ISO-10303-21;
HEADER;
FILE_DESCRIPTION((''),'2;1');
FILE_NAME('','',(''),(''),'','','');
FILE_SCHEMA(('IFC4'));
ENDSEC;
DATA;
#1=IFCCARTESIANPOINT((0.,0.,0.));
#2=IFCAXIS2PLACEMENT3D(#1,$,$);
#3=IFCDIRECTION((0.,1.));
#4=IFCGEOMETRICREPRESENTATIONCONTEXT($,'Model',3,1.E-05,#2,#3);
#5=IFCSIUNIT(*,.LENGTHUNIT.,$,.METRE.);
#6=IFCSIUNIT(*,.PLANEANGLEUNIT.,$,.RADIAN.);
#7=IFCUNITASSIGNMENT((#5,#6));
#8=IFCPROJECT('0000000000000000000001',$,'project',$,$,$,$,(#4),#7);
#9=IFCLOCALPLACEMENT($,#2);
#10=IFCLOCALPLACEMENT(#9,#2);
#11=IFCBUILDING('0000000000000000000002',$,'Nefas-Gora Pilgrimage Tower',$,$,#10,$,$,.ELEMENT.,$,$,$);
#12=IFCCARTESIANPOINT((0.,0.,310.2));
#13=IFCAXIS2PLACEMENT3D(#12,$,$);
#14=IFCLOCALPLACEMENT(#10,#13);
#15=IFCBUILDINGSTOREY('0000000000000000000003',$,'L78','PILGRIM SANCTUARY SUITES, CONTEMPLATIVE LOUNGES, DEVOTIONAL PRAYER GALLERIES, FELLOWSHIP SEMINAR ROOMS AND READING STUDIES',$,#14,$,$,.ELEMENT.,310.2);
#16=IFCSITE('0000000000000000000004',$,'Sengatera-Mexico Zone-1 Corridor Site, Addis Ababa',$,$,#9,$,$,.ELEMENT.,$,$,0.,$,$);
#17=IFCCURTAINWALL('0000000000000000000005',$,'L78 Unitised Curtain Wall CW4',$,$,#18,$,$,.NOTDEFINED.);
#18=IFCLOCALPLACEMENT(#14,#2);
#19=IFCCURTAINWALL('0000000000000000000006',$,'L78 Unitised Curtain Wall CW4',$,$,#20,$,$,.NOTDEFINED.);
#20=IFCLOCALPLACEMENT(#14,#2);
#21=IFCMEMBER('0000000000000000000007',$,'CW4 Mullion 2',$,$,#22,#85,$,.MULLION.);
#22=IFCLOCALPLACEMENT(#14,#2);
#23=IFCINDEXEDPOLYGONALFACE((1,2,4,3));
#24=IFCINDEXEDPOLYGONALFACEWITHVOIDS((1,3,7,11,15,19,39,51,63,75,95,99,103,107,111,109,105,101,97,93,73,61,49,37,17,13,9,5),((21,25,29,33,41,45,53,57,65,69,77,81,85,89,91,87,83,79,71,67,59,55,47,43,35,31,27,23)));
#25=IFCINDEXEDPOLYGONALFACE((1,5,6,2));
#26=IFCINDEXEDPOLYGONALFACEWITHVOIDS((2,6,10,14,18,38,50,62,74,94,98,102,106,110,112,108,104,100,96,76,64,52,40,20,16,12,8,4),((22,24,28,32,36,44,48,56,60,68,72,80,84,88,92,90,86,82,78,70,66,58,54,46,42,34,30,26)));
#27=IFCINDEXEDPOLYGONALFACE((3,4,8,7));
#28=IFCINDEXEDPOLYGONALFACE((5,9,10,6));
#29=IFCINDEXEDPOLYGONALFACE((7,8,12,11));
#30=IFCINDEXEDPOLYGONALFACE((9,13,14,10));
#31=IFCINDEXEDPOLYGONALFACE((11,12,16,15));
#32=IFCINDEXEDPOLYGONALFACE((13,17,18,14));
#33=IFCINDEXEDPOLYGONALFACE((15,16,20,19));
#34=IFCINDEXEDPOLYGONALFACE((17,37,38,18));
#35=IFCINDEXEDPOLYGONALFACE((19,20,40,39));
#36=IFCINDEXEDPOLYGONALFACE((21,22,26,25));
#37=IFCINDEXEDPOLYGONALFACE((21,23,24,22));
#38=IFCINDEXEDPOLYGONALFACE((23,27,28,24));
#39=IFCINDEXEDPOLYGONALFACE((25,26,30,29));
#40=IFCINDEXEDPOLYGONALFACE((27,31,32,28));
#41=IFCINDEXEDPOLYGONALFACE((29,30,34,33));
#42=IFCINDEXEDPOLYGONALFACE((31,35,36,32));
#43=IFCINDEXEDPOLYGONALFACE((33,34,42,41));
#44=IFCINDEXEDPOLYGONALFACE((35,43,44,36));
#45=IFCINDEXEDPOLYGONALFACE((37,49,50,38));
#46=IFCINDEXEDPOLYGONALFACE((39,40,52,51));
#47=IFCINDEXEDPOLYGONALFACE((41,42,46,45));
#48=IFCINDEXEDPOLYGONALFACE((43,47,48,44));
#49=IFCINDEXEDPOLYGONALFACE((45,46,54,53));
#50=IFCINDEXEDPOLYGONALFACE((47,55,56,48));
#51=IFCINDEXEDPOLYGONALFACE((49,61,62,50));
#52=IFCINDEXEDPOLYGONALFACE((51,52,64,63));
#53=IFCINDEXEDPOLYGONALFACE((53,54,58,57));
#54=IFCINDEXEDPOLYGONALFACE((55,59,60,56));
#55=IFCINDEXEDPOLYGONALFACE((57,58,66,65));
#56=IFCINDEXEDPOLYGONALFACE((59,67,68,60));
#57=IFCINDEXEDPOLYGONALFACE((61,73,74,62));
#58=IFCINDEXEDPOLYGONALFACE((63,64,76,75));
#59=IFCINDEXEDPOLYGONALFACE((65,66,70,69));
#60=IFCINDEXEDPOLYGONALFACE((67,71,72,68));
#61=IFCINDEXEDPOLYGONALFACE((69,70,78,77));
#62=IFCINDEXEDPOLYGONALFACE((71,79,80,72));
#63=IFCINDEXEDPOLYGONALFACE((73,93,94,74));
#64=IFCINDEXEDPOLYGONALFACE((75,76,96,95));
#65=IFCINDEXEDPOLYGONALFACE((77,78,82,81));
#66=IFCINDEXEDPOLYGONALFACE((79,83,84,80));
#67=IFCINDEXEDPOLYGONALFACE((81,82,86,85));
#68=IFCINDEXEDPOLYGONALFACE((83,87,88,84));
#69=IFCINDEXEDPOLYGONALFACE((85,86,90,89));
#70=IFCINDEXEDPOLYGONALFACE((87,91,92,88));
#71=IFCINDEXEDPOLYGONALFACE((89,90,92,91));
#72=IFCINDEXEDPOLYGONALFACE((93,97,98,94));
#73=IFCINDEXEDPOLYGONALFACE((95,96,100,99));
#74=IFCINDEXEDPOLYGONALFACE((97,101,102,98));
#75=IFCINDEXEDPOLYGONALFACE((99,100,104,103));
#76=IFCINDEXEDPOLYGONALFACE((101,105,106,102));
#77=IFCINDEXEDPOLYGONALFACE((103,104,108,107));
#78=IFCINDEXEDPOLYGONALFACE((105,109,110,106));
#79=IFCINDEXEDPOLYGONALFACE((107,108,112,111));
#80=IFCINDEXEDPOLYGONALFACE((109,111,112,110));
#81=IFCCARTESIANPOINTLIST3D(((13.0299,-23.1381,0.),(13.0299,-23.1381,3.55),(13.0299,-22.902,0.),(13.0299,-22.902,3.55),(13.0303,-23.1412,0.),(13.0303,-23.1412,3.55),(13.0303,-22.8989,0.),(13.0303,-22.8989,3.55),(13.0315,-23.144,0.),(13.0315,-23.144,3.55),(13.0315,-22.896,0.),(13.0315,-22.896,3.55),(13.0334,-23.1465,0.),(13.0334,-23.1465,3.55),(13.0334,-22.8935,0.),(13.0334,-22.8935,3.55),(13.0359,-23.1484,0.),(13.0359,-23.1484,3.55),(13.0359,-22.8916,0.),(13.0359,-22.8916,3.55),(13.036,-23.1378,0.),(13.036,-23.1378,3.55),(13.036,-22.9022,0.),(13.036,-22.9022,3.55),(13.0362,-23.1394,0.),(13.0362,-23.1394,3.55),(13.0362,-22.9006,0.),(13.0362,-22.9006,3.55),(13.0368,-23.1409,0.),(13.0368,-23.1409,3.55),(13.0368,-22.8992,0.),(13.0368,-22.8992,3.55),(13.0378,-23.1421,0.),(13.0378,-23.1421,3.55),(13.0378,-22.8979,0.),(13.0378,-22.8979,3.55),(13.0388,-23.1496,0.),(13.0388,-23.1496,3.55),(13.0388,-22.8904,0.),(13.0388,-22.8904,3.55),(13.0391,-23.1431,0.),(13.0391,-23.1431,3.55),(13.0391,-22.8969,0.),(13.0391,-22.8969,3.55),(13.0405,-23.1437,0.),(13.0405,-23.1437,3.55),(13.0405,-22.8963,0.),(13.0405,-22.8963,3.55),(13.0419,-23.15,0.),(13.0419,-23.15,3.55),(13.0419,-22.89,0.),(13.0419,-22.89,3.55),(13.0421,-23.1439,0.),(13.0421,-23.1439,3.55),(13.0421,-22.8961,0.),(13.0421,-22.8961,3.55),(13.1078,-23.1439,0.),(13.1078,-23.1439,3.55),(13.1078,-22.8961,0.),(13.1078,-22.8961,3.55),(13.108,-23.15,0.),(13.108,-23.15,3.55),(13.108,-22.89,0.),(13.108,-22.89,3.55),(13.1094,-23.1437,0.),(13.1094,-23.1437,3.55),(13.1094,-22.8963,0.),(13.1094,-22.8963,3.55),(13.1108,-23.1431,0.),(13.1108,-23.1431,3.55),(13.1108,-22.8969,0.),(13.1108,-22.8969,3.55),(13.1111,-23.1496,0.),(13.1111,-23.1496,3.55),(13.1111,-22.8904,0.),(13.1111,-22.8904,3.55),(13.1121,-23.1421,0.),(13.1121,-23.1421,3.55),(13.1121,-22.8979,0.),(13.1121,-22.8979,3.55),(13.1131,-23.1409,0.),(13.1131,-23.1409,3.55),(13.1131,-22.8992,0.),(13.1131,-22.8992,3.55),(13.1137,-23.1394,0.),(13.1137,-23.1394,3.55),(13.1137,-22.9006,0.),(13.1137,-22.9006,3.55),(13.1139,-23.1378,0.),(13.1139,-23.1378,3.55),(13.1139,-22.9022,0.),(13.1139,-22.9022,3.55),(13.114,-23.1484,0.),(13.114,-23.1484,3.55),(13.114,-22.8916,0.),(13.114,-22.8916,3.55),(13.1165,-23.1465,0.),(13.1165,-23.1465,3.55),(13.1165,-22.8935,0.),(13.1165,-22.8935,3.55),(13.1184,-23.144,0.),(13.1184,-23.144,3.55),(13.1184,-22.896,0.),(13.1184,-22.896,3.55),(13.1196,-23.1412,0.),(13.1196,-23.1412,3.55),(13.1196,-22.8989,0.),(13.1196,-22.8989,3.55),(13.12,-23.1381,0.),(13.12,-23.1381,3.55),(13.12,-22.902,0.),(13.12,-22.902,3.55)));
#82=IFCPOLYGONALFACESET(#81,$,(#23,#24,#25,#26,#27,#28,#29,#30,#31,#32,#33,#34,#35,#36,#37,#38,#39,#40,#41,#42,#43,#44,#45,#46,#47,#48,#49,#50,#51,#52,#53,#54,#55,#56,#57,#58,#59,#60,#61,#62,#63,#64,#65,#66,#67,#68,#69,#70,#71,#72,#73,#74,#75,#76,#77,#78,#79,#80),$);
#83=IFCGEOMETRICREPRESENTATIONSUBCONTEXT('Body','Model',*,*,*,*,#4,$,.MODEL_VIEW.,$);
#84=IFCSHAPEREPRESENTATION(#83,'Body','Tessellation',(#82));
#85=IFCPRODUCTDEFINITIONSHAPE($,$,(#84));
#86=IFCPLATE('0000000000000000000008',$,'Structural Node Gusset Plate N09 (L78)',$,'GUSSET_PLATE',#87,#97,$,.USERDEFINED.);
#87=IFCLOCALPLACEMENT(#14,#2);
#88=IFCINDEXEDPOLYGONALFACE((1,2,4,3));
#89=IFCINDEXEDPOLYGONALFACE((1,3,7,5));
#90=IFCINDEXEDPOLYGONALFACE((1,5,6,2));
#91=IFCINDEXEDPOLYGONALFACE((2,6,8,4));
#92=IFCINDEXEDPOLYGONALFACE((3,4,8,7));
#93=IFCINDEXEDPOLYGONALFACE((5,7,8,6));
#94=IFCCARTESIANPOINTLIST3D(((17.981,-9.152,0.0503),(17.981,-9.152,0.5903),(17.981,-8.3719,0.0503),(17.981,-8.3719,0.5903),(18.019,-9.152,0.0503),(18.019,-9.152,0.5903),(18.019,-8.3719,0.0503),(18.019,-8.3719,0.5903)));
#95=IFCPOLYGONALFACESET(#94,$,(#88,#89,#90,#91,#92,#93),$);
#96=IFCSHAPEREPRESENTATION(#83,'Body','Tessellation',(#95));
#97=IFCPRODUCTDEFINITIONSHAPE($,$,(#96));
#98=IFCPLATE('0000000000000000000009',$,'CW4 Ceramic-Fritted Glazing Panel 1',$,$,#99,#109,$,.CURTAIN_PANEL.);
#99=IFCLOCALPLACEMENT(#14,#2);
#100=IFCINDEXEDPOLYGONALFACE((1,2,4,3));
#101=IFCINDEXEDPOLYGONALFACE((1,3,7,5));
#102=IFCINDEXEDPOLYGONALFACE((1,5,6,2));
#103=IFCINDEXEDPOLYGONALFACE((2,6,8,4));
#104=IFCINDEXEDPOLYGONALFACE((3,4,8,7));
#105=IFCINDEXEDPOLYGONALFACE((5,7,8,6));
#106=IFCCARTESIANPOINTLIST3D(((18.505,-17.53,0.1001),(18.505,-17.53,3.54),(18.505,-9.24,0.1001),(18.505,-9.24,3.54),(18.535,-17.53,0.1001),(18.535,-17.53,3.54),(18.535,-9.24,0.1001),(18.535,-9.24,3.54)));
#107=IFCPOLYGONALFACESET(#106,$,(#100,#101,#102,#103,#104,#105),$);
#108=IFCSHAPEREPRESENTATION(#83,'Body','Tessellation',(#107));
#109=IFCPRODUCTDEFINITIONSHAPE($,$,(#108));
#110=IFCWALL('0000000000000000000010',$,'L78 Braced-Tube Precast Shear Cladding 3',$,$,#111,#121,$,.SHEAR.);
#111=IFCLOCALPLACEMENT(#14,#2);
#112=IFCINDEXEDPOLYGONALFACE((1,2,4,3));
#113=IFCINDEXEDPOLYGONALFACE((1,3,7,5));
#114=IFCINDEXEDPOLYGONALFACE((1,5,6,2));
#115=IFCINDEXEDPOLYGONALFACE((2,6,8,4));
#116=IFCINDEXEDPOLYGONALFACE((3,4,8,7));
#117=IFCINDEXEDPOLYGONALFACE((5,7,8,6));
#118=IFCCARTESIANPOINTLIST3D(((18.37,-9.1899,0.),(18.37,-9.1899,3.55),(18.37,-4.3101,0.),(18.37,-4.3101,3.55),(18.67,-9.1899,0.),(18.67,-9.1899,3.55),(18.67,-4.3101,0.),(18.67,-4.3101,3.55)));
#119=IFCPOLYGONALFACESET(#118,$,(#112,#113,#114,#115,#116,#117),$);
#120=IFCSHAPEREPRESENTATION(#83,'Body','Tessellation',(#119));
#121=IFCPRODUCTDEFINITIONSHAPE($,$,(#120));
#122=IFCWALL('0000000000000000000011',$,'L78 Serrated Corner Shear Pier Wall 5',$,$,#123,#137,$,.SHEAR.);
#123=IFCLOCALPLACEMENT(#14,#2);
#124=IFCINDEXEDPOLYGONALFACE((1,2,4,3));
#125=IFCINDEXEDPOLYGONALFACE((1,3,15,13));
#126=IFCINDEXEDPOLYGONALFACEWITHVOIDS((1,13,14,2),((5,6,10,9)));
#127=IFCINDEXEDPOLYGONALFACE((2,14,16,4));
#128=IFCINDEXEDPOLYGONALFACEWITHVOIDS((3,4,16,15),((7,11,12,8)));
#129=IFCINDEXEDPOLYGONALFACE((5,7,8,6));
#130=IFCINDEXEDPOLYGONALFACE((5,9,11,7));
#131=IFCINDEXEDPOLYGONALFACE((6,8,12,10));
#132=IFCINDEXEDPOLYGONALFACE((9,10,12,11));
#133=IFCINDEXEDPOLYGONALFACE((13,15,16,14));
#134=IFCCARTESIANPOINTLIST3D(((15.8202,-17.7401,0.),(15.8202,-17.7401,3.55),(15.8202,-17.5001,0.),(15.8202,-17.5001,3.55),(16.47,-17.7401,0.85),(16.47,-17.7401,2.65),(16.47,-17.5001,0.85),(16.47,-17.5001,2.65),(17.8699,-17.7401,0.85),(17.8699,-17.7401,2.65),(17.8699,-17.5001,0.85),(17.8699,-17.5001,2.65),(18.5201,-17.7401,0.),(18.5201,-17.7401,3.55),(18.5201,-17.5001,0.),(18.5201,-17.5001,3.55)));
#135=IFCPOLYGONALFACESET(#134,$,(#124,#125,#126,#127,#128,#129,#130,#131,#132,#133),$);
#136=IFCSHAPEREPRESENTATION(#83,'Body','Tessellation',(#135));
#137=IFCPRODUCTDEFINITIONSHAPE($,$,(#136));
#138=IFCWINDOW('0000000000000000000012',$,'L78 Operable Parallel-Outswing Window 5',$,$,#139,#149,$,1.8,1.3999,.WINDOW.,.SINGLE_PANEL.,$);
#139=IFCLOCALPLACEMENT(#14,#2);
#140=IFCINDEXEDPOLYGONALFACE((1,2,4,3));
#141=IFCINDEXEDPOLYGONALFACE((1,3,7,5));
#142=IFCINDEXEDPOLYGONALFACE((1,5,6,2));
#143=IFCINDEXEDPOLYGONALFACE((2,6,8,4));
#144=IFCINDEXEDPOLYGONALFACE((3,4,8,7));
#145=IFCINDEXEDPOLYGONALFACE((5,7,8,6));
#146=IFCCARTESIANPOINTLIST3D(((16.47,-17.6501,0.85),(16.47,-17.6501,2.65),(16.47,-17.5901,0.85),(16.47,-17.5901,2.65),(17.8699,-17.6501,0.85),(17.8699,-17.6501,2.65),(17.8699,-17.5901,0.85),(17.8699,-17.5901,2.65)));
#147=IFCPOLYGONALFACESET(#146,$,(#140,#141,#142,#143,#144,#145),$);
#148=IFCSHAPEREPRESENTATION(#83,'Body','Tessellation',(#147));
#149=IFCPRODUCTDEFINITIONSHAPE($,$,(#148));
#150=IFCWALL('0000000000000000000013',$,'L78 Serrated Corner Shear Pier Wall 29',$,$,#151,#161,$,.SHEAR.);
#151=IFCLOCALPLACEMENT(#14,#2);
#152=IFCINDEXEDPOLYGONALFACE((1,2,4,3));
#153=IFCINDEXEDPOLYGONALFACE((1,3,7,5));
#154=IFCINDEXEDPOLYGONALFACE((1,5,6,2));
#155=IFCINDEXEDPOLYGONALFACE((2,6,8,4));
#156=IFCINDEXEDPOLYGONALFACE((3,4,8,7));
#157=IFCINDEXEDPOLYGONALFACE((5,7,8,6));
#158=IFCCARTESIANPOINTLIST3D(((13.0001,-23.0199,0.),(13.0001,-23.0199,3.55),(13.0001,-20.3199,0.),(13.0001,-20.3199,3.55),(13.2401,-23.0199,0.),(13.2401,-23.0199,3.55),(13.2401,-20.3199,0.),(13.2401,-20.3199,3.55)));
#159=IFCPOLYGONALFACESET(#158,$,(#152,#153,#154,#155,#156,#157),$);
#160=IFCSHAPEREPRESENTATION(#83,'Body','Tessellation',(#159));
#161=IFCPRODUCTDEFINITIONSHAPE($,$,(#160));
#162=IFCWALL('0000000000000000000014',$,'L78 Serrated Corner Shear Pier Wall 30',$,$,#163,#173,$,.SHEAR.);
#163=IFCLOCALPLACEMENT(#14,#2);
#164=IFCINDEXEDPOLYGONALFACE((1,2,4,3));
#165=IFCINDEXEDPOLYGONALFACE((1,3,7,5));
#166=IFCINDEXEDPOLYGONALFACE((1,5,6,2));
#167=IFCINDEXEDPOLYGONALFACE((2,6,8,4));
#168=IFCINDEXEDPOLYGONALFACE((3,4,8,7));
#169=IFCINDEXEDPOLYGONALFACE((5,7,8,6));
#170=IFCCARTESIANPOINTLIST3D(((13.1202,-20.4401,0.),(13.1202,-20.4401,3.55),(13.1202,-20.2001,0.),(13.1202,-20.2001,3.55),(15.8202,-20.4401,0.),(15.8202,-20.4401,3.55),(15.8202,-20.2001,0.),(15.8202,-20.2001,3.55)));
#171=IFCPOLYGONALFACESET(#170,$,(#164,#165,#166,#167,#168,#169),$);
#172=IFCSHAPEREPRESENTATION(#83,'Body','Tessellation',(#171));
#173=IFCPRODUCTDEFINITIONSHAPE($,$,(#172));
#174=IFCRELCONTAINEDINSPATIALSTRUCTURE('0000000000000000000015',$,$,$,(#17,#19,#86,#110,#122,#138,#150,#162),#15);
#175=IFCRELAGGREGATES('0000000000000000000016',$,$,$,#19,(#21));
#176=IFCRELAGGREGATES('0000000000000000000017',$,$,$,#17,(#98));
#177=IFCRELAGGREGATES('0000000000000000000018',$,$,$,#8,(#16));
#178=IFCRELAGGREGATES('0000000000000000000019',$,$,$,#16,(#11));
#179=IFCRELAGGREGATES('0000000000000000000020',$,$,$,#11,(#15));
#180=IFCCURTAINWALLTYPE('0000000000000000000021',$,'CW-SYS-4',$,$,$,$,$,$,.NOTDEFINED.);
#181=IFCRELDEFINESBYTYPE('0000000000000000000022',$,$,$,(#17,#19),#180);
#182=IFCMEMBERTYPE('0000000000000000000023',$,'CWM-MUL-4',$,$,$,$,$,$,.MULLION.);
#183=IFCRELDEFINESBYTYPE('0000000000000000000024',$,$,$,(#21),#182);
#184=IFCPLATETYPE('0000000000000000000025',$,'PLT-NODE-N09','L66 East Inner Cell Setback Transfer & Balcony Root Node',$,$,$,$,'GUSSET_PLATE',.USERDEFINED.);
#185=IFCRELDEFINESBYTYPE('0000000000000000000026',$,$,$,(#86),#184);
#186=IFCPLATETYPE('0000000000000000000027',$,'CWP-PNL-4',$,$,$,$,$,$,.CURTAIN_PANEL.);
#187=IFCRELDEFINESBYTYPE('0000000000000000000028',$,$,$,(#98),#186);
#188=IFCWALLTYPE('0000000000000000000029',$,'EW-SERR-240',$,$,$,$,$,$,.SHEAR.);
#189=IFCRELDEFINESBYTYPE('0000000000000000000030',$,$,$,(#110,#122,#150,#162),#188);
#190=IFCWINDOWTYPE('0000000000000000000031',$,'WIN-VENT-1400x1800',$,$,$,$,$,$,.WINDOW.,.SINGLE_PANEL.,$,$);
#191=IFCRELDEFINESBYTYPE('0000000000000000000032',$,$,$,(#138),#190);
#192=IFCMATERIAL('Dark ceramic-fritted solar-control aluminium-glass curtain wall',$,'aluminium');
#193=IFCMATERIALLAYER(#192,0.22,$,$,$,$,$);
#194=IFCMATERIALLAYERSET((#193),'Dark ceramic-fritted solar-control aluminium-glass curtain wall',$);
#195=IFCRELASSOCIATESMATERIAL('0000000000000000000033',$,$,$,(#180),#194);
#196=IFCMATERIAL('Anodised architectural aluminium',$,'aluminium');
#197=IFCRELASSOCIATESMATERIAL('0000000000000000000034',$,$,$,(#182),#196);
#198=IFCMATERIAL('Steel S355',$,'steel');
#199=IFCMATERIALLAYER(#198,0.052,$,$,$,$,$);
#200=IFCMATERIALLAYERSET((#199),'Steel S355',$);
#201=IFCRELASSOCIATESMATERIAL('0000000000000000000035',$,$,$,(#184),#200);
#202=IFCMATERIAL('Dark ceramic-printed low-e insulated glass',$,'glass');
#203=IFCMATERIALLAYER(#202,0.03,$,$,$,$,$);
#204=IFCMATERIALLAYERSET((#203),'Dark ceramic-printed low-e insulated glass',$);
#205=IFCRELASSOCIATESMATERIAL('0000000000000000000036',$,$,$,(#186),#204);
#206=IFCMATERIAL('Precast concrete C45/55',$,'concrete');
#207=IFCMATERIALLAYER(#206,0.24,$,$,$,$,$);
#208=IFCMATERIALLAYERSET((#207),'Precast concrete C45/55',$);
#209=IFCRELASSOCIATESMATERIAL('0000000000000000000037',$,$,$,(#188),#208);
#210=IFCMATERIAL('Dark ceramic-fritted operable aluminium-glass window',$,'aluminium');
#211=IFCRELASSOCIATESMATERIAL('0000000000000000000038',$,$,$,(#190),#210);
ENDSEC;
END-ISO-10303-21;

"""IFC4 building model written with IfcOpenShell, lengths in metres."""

from ifc_helpers import new_model, si_unit, direction, frame, frame_2d, origin, origin_2d, place, context, subcontext, project, spatial, rectangle, hollow_rectangle, extrude, source, transform, mapped, material, layer, layer_set, material_profile, profile_set, type_object, element, fill, aggregate, save


model = new_model("IFC4")

# Units and contexts
model_context = context("Model", 3, precision=1e-05, world=origin(), true_north=direction((0.0, 1.0)))
body_context = subcontext(model_context, "Body", "Model", "MODEL_VIEW")
ifc_project = project(units=[si_unit("LENGTHUNIT", "METRE"), si_unit("PLANEANGLEUNIT", "RADIAN")], contexts=[model_context])

# Site, building, storey
site_placement = place(None, origin())
site = spatial("IfcSite", under=ifc_project, at=site_placement, Name="Sengatera-Mexico Zone-1 Corridor Site, Addis Ababa", CompositionType="ELEMENT", RefElevation=0.0)
building_placement = place(site_placement, origin())
building = spatial("IfcBuilding", under=site, at=building_placement, Name="Nefas-Gora Pilgrimage Tower", CompositionType="ELEMENT")
storey_placement = place(building_placement, frame((0.0, 0.0, 310.2)))
storey = spatial("IfcBuildingStorey", under=building, at=storey_placement, Name="L78", Description="PILGRIM SANCTUARY SUITES, CONTEMPLATIVE LOUNGES, DEVOTIONAL PRAYER GALLERIES, FELLOWSHIP SEMINAR ROOMS AND READING STUDIES", CompositionType="ELEMENT", Elevation=310.2)

# Shared definitions
ifc_material_1 = material(Name="Steel S355", Category="steel")

# Curtain wall
ifc_material_2 = material(Name="Dark ceramic-fritted solar-control aluminium-glass curtain wall", Category="aluminium")
ifc_layer_1 = layer(ifc_material_2, 0.22)
ifc_layer_set_1 = layer_set([ifc_layer_1], Name="Dark ceramic-fritted solar-control aluminium-glass curtain wall")
curtain_wall_type = type_object("IfcCurtainWallType", Name="CW-SYS-4", PredefinedType="NOTDEFINED", material=ifc_layer_set_1)
curtain_wall_1_placement = place(storey_placement, origin())
curtain_wall_1 = element("IfcCurtainWall", 1, at=curtain_wall_1_placement, inside=storey, type_object=curtain_wall_type, Name="L78 Unitised Curtain Wall CW4", PredefinedType="NOTDEFINED")
ifc_material_3 = material(Name="Anodised architectural aluminium", Category="aluminium")
ifc_material_profile_1 = material_profile(ifc_material_3, hollow_rectangle(XDim=0.0901, YDim=0.26, WallThickness=0.0061, InnerFilletRadius=0.0061, OuterFilletRadius=0.012, at=origin_2d()), Name="ALU MULLION 90x260")
ifc_profile_set_1 = profile_set([ifc_material_profile_1], Name="Anodised architectural aluminium")
member_type_1 = type_object("IfcMemberType", Name="CWM-MUL-4", PredefinedType="MULLION", material=ifc_profile_set_1)
shared_shape_1 = source(origin(), body_context, "Body", "SweptSolid", [
    extrude(hollow_rectangle(XDim=0.0901, YDim=0.26, WallThickness=0.0061, InnerFilletRadius=0.0061, OuterFilletRadius=0.012, at=origin_2d()), origin(), (0.0, 0.0, 1.0), 3.55),
])

# Curtain wall, member
curtain_wall_2_placement = place(storey_placement, origin())
curtain_wall_2 = element("IfcCurtainWall", 2, at=curtain_wall_2_placement, inside=storey, type_object=curtain_wall_type, Name="L78 Unitised Curtain Wall CW4", PredefinedType="NOTDEFINED")
member_1_placement = place(storey_placement, frame((13.075, -23.02, 0.0), z_axis=(0.0, 0.0, 1.0), x_axis=(1.0, 0.0, 0.0)))
member_1 = element("IfcMember", 3, at=member_1_placement, type_object=member_type_1, Name="CW4 Mullion 2", PredefinedType="MULLION", context=body_context, shape_type="MappedRepresentation", body=[
    mapped(shared_shape_1, transform((0.0, 0.0, 0.0), x_axis=(1.0, 0.0, 0.0), y_axis=(0.0, 1.0, 0.0), z_axis=(0.0, 0.0, 1.0), scale=1.0)),
])
aggregate(curtain_wall_2, [member_1])

# Plates
ifc_layer_2 = layer(ifc_material_1, 0.052)
ifc_layer_set_2 = layer_set([ifc_layer_2], Name="Steel S355")
plate_type_1 = type_object("IfcPlateType", Name="PLT-NODE-N09", Description="L66 East Inner Cell Setback Transfer & Balcony Root Node", ElementType="GUSSET_PLATE", PredefinedType="USERDEFINED", material=ifc_layer_set_2)
shared_shape_2 = source(origin(), body_context, "Body", "SweptSolid", [
    extrude(rectangle(XDim=0.78, YDim=0.0381, at=origin_2d()), origin(), (0.0, 0.0, 1.0), 0.54),
])
plate_1_placement = place(storey_placement, frame((18.0, -8.762, 0.0503), z_axis=(0.0, 0.0, 1.0), x_axis=(0.0, 1.0, 0.0)))
element("IfcPlate", 4, at=plate_1_placement, inside=storey, type_object=plate_type_1, Name="Structural Node Gusset Plate N09 (L78)", ObjectType="GUSSET_PLATE", PredefinedType="USERDEFINED", context=body_context, shape_type="MappedRepresentation", body=[
    mapped(shared_shape_2, transform((0.0, 0.0, 0.0), x_axis=(1.0, 0.0, 0.0), y_axis=(0.0, 1.0, 0.0), z_axis=(0.0, 0.0, 1.0), scale=1.0)),
])
ifc_material_4 = material(Name="Dark ceramic-printed low-e insulated glass", Category="glass")
ifc_layer_3 = layer(ifc_material_4, 0.03)
ifc_layer_set_3 = layer_set([ifc_layer_3], Name="Dark ceramic-printed low-e insulated glass")
plate_type_2 = type_object("IfcPlateType", Name="CWP-PNL-4", PredefinedType="CURTAIN_PANEL", material=ifc_layer_set_3)
shared_shape_3 = source(origin(), body_context, "Body", "SweptSolid", [
    extrude(rectangle(XDim=8.29, YDim=0.03, at=origin_2d()), origin(), (0.0, 0.0, 1.0), 3.4399),
])
plate_2_placement = place(storey_placement, frame((18.52, -13.385, 0.1001), z_axis=(0.0, 0.0, 1.0), x_axis=(0.0, 1.0, 0.0)))
plate_2 = element("IfcPlate", 5, at=plate_2_placement, type_object=plate_type_2, Name="CW4 Ceramic-Fritted Glazing Panel 1", PredefinedType="CURTAIN_PANEL", context=body_context, shape_type="MappedRepresentation", body=[
    mapped(shared_shape_3, transform((0.0, 0.0, 0.0), x_axis=(1.0, 0.0, 0.0), y_axis=(0.0, 1.0, 0.0), z_axis=(0.0, 0.0, 1.0), scale=1.0)),
])
aggregate(curtain_wall_1, [plate_2])

# Wall
ifc_material_5 = material(Name="Precast concrete C45/55", Category="concrete")
ifc_layer_4 = layer(ifc_material_5, 0.24)
ifc_layer_set_4 = layer_set([ifc_layer_4], Name="Precast concrete C45/55")
wall_type_1 = type_object("IfcWallType", Name="EW-SERR-240", PredefinedType="SHEAR", material=ifc_layer_set_4)
shared_shape_4 = source(origin(), body_context, "Body", "SweptSolid", [
    extrude(rectangle(XDim=4.8799, YDim=0.3, at=frame_2d((2.4399, 0.0))), origin(), (0.0, 0.0, 1.0), 3.55),
])
wall_1_placement = place(storey_placement, frame((18.52, -9.1899, 0.0), z_axis=(0.0, 0.0, 1.0), x_axis=(0.0, 1.0, 0.0)))
element("IfcWall", 6, at=wall_1_placement, inside=storey, type_object=wall_type_1, Name="L78 Braced-Tube Precast Shear Cladding 3", PredefinedType="SHEAR", context=body_context, shape_type="MappedRepresentation", body=[
    mapped(shared_shape_4, transform((0.0, 0.0, 0.0), x_axis=(1.0, 0.0, 0.0), y_axis=(0.0, 1.0, 0.0), z_axis=(0.0, 0.0, 1.0), scale=1.0)),
])

# Wall, opening, window
shared_shape_5 = source(origin(), body_context, "Body", "SweptSolid", [
    extrude(rectangle(XDim=2.7, YDim=0.24, at=frame_2d((1.3501, 0.0))), origin(), (0.0, 0.0, 1.0), 3.55),
])
wall_2_placement = place(storey_placement, frame((15.8201, -17.6201, 0.0), z_axis=(0.0, 0.0, 1.0), x_axis=(1.0, 0.0, 0.0)))
wall_2 = element("IfcWall", 7, at=wall_2_placement, inside=storey, type_object=wall_type_1, Name="L78 Serrated Corner Shear Pier Wall 5", PredefinedType="SHEAR", context=body_context, shape_type="MappedRepresentation", body=[
    mapped(shared_shape_5, transform((0.0, 0.0, 0.0), x_axis=(1.0, 0.0, 0.0), y_axis=(0.0, 1.0, 0.0), z_axis=(0.0, 0.0, 1.0), scale=1.0)),
])
opening_1_placement = place(wall_2_placement, frame((0.6499, 0.0, 0.8501)))
opening_1 = element("IfcOpeningElement", 8, at=opening_1_placement, cuts=wall_2, PredefinedType="OPENING", context=body_context, shape_type="SweptSolid", body=[
    extrude(rectangle(XDim=1.3999, YDim=1.8, at=frame_2d((0.7, 0.8999))), frame((0.0, 0.1299, 0.0), z_axis=(0.0, -1.0, 0.0), x_axis=(1.0, 0.0, 0.0)), (0.0, 0.0, 1.0), 0.26),
])
ifc_material_6 = material(Name="Dark ceramic-fritted operable aluminium-glass window", Category="aluminium")
window_type = type_object("IfcWindowType", Name="WIN-VENT-1400x1800", PartitioningType="SINGLE_PANEL", PredefinedType="WINDOW", material=ifc_material_6)
shared_shape_6 = source(origin(), body_context, "Body", "SweptSolid", [
    extrude(rectangle(XDim=1.3999, YDim=1.8, at=frame_2d((0.7, 0.8999))), frame((0.0, 0.03, 0.0), z_axis=(0.0, -1.0, 0.0), x_axis=(1.0, 0.0, 0.0)), (0.0, 0.0, 1.0), 0.0601),
])
window_placement = place(opening_1_placement, origin())
window = element("IfcWindow", 9, at=window_placement, inside=storey, type_object=window_type, Name="L78 Operable Parallel-Outswing Window 5", OverallHeight=1.8, OverallWidth=1.3999, PartitioningType="SINGLE_PANEL", PredefinedType="WINDOW", context=body_context, shape_type="MappedRepresentation", body=[
    mapped(shared_shape_6, transform((0.0, 0.0, 0.0), x_axis=(1.0, 0.0, 0.0), y_axis=(0.0, 1.0, 0.0), z_axis=(0.0, 0.0, 1.0), scale=1.0)),
])
fill(opening_1, window)

# Walls
for number, where, z_axis, x_axis, name in (
    (10, (13.1201, -23.02, 0.0), (0.0, 0.0, 1.0), (0.0, 1.0, 0.0), "L78 Serrated Corner Shear Pier Wall 29"),
    (11, (13.1201, -20.3201, 0.0), (0.0, 0.0, 1.0), (1.0, 0.0, 0.0), "L78 Serrated Corner Shear Pier Wall 30"),
):
    element("IfcWall", number, at=place(storey_placement, frame(where, z_axis=z_axis, x_axis=x_axis)), inside=storey, type_object=wall_type_1, Name=name, PredefinedType="SHEAR", context=body_context, shape_type="MappedRepresentation", body=[
        mapped(shared_shape_5, transform((0.0, 0.0, 0.0), x_axis=(1.0, 0.0, 0.0), y_axis=(0.0, 1.0, 0.0), z_axis=(0.0, 0.0, 1.0), scale=1.0)),
    ])

save(model, "model.ifc")
